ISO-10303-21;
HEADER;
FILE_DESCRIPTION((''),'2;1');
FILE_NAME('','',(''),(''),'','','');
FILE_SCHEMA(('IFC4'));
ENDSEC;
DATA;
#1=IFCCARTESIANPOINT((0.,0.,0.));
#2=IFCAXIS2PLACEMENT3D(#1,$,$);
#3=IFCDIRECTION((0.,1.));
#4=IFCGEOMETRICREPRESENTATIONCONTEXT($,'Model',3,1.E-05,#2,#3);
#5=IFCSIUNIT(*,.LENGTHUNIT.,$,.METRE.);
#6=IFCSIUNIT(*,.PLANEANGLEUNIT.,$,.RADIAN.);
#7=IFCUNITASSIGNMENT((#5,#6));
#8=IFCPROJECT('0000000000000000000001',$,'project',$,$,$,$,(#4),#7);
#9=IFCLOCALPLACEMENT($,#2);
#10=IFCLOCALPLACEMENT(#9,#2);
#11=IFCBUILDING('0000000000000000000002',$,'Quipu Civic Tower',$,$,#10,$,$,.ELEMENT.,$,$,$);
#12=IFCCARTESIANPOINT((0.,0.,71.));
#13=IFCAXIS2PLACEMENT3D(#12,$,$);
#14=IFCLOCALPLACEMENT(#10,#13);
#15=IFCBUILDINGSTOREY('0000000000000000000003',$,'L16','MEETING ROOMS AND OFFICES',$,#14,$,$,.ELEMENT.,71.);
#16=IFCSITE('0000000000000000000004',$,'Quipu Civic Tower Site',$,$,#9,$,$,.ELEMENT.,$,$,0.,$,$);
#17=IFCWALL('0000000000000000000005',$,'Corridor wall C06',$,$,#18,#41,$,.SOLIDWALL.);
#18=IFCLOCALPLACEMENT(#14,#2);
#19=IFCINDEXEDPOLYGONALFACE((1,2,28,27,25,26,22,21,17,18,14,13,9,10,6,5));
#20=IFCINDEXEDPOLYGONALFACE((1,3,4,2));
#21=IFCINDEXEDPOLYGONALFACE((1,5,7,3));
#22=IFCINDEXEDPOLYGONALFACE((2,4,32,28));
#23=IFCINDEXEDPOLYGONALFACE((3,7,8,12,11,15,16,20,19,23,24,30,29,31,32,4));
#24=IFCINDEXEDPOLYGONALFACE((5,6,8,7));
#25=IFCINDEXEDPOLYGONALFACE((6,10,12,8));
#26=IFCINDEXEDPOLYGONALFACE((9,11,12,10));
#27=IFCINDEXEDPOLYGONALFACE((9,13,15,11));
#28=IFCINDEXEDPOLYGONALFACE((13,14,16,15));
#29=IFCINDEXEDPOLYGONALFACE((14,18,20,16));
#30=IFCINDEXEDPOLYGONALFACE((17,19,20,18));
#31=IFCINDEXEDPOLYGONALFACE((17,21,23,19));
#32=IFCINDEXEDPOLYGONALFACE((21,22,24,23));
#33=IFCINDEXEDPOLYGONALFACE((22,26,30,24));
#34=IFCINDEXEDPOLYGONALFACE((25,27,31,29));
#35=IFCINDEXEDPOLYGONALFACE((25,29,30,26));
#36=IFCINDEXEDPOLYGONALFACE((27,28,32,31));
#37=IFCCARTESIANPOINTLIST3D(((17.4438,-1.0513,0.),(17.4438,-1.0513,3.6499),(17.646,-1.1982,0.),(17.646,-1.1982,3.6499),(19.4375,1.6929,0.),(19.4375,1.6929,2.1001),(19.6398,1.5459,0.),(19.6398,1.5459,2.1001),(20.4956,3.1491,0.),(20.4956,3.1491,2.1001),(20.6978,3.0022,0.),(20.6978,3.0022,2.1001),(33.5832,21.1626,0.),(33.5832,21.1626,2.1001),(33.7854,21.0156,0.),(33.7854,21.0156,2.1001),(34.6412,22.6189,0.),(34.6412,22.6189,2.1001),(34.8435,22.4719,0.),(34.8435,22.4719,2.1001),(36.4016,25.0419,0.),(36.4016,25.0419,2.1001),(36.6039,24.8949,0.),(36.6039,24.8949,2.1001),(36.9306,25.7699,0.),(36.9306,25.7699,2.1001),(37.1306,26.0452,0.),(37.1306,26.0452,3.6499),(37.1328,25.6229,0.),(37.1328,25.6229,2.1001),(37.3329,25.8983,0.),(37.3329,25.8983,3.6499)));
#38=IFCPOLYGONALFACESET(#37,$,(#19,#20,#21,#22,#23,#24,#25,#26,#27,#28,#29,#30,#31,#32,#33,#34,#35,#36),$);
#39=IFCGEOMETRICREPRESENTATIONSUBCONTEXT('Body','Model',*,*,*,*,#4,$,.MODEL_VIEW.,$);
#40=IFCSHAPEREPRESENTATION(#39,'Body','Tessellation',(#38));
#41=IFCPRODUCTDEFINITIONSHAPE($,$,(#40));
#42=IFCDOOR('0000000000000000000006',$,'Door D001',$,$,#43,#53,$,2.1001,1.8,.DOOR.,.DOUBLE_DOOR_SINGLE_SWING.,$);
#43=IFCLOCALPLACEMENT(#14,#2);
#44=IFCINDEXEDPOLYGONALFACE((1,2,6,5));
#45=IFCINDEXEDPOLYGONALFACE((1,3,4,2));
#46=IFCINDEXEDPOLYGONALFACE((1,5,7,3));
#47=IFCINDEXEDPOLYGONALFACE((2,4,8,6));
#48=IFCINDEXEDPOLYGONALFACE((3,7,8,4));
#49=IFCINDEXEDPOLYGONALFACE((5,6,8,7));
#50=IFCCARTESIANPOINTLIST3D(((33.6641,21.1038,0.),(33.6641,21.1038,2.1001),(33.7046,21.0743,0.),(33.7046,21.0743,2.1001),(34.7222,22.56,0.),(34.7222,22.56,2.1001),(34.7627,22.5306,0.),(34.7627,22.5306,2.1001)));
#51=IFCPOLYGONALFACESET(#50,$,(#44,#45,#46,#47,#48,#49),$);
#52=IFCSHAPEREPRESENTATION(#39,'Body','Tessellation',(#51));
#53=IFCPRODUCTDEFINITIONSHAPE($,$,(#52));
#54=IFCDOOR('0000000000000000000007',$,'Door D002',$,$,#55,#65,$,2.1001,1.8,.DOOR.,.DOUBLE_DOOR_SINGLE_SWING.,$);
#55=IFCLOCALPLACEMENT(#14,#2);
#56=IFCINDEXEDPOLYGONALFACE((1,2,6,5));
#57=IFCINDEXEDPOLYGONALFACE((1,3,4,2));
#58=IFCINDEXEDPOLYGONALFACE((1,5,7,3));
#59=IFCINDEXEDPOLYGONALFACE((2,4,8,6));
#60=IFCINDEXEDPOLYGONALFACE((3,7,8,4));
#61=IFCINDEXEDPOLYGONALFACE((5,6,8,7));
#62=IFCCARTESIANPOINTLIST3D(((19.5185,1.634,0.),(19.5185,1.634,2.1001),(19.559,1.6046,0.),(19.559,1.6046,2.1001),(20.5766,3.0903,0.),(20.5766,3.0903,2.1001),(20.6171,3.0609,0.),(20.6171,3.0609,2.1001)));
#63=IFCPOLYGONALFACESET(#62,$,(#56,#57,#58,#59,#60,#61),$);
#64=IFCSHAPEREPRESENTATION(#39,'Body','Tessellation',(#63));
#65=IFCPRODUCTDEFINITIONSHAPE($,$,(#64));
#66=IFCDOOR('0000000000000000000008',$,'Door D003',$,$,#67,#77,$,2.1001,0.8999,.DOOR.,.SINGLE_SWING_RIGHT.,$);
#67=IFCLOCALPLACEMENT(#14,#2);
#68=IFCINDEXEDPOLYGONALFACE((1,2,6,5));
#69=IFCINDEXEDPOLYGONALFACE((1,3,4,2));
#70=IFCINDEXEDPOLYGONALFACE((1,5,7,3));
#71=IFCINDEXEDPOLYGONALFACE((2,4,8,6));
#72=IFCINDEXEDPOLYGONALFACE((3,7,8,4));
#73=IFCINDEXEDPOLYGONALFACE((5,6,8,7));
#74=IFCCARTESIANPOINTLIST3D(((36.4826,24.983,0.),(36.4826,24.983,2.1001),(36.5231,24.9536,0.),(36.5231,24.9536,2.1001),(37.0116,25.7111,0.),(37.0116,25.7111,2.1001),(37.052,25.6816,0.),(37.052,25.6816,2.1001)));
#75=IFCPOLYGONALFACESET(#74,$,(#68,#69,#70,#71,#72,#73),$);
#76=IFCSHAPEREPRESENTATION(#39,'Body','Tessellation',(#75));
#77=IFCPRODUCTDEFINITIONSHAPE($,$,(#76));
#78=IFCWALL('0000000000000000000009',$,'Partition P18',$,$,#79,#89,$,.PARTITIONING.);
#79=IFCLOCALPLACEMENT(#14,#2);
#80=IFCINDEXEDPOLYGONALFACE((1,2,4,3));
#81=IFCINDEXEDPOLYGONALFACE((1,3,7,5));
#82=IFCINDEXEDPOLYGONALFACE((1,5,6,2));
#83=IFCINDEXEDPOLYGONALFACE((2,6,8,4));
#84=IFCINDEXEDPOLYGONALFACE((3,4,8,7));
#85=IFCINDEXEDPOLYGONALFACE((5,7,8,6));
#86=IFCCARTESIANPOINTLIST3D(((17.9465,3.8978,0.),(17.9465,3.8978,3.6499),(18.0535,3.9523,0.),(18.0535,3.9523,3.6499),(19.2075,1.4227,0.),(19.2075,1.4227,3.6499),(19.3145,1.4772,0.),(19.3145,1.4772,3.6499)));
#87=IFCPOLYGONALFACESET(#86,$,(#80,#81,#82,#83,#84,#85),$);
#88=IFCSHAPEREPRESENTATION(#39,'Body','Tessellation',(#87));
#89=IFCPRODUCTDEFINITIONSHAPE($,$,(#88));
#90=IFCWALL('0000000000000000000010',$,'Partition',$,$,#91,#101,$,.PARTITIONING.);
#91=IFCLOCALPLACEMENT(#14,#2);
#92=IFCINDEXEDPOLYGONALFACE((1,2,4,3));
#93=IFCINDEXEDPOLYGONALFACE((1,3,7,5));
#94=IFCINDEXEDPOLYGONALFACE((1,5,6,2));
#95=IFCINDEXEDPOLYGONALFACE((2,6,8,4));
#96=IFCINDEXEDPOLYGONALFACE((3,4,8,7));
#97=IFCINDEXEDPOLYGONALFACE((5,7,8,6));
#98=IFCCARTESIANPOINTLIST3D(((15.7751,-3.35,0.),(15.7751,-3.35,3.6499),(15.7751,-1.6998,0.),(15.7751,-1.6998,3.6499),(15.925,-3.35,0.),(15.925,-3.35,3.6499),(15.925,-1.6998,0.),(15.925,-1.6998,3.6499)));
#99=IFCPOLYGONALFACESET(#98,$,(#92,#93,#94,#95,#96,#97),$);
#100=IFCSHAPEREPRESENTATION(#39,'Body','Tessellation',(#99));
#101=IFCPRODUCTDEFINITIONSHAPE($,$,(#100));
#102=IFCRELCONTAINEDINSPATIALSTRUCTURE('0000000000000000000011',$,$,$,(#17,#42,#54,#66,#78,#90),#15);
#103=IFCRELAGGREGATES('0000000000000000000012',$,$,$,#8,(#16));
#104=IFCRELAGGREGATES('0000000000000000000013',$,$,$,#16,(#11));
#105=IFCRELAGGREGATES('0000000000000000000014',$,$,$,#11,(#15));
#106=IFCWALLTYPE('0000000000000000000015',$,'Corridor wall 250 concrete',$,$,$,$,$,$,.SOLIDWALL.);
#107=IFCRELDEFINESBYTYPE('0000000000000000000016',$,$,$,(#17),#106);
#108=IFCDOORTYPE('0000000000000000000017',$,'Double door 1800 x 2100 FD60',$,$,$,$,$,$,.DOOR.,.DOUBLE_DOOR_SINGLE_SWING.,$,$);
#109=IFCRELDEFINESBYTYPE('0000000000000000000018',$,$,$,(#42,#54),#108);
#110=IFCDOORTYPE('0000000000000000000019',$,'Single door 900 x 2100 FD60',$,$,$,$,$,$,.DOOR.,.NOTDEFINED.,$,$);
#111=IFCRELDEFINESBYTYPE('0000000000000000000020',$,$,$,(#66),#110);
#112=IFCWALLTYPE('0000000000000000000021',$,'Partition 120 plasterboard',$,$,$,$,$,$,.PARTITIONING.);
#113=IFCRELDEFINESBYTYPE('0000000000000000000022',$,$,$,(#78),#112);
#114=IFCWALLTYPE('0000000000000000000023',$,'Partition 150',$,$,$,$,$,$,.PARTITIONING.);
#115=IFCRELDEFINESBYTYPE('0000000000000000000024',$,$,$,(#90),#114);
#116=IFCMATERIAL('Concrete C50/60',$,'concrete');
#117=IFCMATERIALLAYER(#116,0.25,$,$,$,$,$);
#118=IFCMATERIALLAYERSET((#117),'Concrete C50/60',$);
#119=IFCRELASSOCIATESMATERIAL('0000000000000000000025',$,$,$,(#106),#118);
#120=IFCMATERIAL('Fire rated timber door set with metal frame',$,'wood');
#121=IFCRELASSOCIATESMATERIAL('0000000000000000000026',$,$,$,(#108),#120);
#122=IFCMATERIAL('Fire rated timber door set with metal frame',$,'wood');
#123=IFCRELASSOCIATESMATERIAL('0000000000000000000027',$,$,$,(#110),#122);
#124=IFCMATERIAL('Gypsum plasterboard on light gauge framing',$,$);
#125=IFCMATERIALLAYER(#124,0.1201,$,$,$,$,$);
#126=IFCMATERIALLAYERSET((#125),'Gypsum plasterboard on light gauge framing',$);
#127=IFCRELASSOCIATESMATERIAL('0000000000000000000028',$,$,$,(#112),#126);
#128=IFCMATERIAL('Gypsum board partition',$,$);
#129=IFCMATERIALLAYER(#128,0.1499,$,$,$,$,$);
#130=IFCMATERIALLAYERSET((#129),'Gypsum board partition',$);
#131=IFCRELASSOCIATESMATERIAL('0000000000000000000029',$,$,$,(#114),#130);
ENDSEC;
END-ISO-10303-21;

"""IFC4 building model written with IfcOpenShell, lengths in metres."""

from ifc_helpers import new_model, si_unit, direction, frame, frame_2d, origin, place, context, subcontext, project, spatial, rectangle, extrude, material, layer, layer_set, type_object, element, fill, save


model = new_model("IFC4")

# Units and contexts
model_context = context("Model", 3, precision=1e-05, world=origin(), true_north=direction((0.0, 1.0)))
body_context = subcontext(model_context, "Body", "Model", "MODEL_VIEW")
ifc_project = project(units=[si_unit("LENGTHUNIT", "METRE"), si_unit("PLANEANGLEUNIT", "RADIAN")], contexts=[model_context])

# Site, building, storey
site_placement = place(None, origin())
site = spatial("IfcSite", under=ifc_project, at=site_placement, Name="Quipu Civic Tower Site", CompositionType="ELEMENT", RefElevation=0.0)
building_placement = place(site_placement, origin())
building = spatial("IfcBuilding", under=site, at=building_placement, Name="Quipu Civic Tower", CompositionType="ELEMENT")
storey_placement = place(building_placement, frame((0.0, 0.0, 71.0)))
storey = spatial("IfcBuildingStorey", under=building, at=storey_placement, Name="L16", Description="MEETING ROOMS AND OFFICES", CompositionType="ELEMENT", Elevation=71.0)

# Wall, openings, doors
ifc_material_1 = material(Name="Concrete C50/60", Category="concrete")
ifc_layer_1 = layer(ifc_material_1, 0.25)
ifc_layer_set_1 = layer_set([ifc_layer_1], Name="Concrete C50/60")
wall_type_1 = type_object("IfcWallType", Name="Corridor wall 250 concrete", PredefinedType="SOLIDWALL", material=ifc_layer_set_1)
wall_1_placement = place(storey_placement, frame((17.5449, -1.1248, 0.0), z_axis=(0.0, 0.0, 1.0), x_axis=(0.587786, 0.809016, 0.0)))
wall_1 = element("IfcWall", 1, at=wall_1_placement, inside=storey, type_object=wall_type_1, Name="Corridor wall C06", PredefinedType="SOLIDWALL", context=body_context, shape_type="SweptSolid", body=[
    extrude(rectangle(XDim=33.4932, YDim=0.25, at=frame_2d((16.7466, 0.0))), origin(), (0.0, 0.0, 1.0), 3.6499),
])
opening_1_placement = place(wall_1_placement, frame((27.458, 0.0, 0.0)))
opening_1 = element("IfcOpeningElement", 2, at=opening_1_placement, cuts=wall_1, PredefinedType="OPENING", context=body_context, shape_type="SweptSolid", body=[
    extrude(rectangle(XDim=1.8, YDim=2.1001, at=frame_2d((0.8999, 1.05))), frame((0.0, 0.135, 0.0), z_axis=(0.0, -1.0, 0.0), x_axis=(1.0, 0.0, 0.0)), (0.0, 0.0, 1.0), 0.27),
])
opening_2_placement = place(wall_1_placement, frame((3.3921, 0.0, 0.0)))
opening_2 = element("IfcOpeningElement", 3, at=opening_2_placement, cuts=wall_1, PredefinedType="OPENING", context=body_context, shape_type="SweptSolid", body=[
    extrude(rectangle(XDim=1.8, YDim=2.1001, at=frame_2d((0.8999, 1.05))), frame((0.0, 0.135, 0.0), z_axis=(0.0, -1.0, 0.0), x_axis=(1.0, 0.0, 0.0)), (0.0, 0.0, 1.0), 0.27),
])
opening_3_placement = place(wall_1_placement, frame((32.2529, 0.0, 0.0)))
opening_3 = element("IfcOpeningElement", 4, at=opening_3_placement, cuts=wall_1, PredefinedType="OPENING", context=body_context, shape_type="SweptSolid", body=[
    extrude(rectangle(XDim=0.8999, YDim=2.1001, at=frame_2d((0.45, 1.05))), frame((0.0, 0.135, 0.0), z_axis=(0.0, -1.0, 0.0), x_axis=(1.0, 0.0, 0.0)), (0.0, 0.0, 1.0), 0.27),
])
ifc_material_2 = material(Name="Fire rated timber door set with metal frame", Category="wood")
door_type_1 = type_object("IfcDoorType", Name="Double door 1800 x 2100 FD60", OperationType="DOUBLE_DOOR_SINGLE_SWING", PredefinedType="DOOR", material=ifc_material_2)
door_1_placement = place(opening_1_placement, origin())
door_1 = element("IfcDoor", 5, at=door_1_placement, inside=storey, type_object=door_type_1, Name="Door D001", OperationType="DOUBLE_DOOR_SINGLE_SWING", OverallHeight=2.1001, OverallWidth=1.8, PredefinedType="DOOR", context=body_context, shape_type="SweptSolid", body=[
    extrude(rectangle(XDim=1.8, YDim=2.1001, at=frame_2d((0.8999, 1.05))), frame((0.0, 0.0249, 0.0), z_axis=(0.0, -1.0, 0.0), x_axis=(1.0, 0.0, 0.0)), (0.0, 0.0, 1.0), 0.05),
])
fill(opening_1, door_1)
door_2_placement = place(opening_2_placement, origin())
door_2 = element("IfcDoor", 6, at=door_2_placement, inside=storey, type_object=door_type_1, Name="Door D002", OperationType="DOUBLE_DOOR_SINGLE_SWING", OverallHeight=2.1001, OverallWidth=1.8, PredefinedType="DOOR", context=body_context, shape_type="SweptSolid", body=[
    extrude(rectangle(XDim=1.8, YDim=2.1001, at=frame_2d((0.8999, 1.05))), frame((0.0, 0.0249, 0.0), z_axis=(0.0, -1.0, 0.0), x_axis=(1.0, 0.0, 0.0)), (0.0, 0.0, 1.0), 0.05),
])
fill(opening_2, door_2)
ifc_material_3 = material(Name="Fire rated timber door set with metal frame", Category="wood")
door_type_2 = type_object("IfcDoorType", Name="Single door 900 x 2100 FD60", OperationType="NOTDEFINED", PredefinedType="DOOR", material=ifc_material_3)
door_3_placement = place(opening_3_placement, origin())
door_3 = element("IfcDoor", 7, at=door_3_placement, inside=storey, type_object=door_type_2, Name="Door D003", OperationType="SINGLE_SWING_RIGHT", OverallHeight=2.1001, OverallWidth=0.8999, PredefinedType="DOOR", context=body_context, shape_type="SweptSolid", body=[
    extrude(rectangle(XDim=0.8999, YDim=2.1001, at=frame_2d((0.45, 1.05))), frame((0.0, 0.0249, 0.0), z_axis=(0.0, -1.0, 0.0), x_axis=(1.0, 0.0, 0.0)), (0.0, 0.0, 1.0), 0.05),
])
fill(opening_3, door_3)

# Walls
ifc_material_4 = material(Name="Gypsum plasterboard on light gauge framing")
ifc_layer_2 = layer(ifc_material_4, 0.1201)
ifc_layer_set_2 = layer_set([ifc_layer_2], Name="Gypsum plasterboard on light gauge framing")
wall_type_2 = type_object("IfcWallType", Name="Partition 120 plasterboard", PredefinedType="PARTITIONING", material=ifc_layer_set_2)
wall_2_placement = place(storey_placement, frame((18.0, 3.925, 0.0), z_axis=(0.0, 0.0, 1.0), x_axis=(0.453951, -0.891027, 0.0)))
element("IfcWall", 8, at=wall_2_placement, inside=storey, type_object=wall_type_2, Name="Partition P18", PredefinedType="PARTITIONING", context=body_context, shape_type="SweptSolid", body=[
    extrude(rectangle(XDim=2.7778, YDim=0.1201, at=frame_2d((1.3889, 0.0))), origin(), (0.0, 0.0, 1.0), 3.6499),
])
ifc_material_5 = material(Name="Gypsum board partition")
ifc_layer_3 = layer(ifc_material_5, 0.1499)
ifc_layer_set_3 = layer_set([ifc_layer_3], Name="Gypsum board partition")
wall_type_3 = type_object("IfcWallType", Name="Partition 150", PredefinedType="PARTITIONING", material=ifc_layer_set_3)
wall_3_placement = place(storey_placement, frame((15.8501, -3.3501, 0.0), z_axis=(0.0, 0.0, 1.0), x_axis=(0.0, 1.0, 0.0)))
element("IfcWall", 9, at=wall_3_placement, inside=storey, type_object=wall_type_3, Name="Partition", PredefinedType="PARTITIONING", context=body_context, shape_type="SweptSolid", body=[
    extrude(rectangle(XDim=1.6501, YDim=0.1499, at=frame_2d((0.8252, 0.0))), origin(), (0.0, 0.0, 1.0), 3.6499),
])

save(model, "model.ifc")
